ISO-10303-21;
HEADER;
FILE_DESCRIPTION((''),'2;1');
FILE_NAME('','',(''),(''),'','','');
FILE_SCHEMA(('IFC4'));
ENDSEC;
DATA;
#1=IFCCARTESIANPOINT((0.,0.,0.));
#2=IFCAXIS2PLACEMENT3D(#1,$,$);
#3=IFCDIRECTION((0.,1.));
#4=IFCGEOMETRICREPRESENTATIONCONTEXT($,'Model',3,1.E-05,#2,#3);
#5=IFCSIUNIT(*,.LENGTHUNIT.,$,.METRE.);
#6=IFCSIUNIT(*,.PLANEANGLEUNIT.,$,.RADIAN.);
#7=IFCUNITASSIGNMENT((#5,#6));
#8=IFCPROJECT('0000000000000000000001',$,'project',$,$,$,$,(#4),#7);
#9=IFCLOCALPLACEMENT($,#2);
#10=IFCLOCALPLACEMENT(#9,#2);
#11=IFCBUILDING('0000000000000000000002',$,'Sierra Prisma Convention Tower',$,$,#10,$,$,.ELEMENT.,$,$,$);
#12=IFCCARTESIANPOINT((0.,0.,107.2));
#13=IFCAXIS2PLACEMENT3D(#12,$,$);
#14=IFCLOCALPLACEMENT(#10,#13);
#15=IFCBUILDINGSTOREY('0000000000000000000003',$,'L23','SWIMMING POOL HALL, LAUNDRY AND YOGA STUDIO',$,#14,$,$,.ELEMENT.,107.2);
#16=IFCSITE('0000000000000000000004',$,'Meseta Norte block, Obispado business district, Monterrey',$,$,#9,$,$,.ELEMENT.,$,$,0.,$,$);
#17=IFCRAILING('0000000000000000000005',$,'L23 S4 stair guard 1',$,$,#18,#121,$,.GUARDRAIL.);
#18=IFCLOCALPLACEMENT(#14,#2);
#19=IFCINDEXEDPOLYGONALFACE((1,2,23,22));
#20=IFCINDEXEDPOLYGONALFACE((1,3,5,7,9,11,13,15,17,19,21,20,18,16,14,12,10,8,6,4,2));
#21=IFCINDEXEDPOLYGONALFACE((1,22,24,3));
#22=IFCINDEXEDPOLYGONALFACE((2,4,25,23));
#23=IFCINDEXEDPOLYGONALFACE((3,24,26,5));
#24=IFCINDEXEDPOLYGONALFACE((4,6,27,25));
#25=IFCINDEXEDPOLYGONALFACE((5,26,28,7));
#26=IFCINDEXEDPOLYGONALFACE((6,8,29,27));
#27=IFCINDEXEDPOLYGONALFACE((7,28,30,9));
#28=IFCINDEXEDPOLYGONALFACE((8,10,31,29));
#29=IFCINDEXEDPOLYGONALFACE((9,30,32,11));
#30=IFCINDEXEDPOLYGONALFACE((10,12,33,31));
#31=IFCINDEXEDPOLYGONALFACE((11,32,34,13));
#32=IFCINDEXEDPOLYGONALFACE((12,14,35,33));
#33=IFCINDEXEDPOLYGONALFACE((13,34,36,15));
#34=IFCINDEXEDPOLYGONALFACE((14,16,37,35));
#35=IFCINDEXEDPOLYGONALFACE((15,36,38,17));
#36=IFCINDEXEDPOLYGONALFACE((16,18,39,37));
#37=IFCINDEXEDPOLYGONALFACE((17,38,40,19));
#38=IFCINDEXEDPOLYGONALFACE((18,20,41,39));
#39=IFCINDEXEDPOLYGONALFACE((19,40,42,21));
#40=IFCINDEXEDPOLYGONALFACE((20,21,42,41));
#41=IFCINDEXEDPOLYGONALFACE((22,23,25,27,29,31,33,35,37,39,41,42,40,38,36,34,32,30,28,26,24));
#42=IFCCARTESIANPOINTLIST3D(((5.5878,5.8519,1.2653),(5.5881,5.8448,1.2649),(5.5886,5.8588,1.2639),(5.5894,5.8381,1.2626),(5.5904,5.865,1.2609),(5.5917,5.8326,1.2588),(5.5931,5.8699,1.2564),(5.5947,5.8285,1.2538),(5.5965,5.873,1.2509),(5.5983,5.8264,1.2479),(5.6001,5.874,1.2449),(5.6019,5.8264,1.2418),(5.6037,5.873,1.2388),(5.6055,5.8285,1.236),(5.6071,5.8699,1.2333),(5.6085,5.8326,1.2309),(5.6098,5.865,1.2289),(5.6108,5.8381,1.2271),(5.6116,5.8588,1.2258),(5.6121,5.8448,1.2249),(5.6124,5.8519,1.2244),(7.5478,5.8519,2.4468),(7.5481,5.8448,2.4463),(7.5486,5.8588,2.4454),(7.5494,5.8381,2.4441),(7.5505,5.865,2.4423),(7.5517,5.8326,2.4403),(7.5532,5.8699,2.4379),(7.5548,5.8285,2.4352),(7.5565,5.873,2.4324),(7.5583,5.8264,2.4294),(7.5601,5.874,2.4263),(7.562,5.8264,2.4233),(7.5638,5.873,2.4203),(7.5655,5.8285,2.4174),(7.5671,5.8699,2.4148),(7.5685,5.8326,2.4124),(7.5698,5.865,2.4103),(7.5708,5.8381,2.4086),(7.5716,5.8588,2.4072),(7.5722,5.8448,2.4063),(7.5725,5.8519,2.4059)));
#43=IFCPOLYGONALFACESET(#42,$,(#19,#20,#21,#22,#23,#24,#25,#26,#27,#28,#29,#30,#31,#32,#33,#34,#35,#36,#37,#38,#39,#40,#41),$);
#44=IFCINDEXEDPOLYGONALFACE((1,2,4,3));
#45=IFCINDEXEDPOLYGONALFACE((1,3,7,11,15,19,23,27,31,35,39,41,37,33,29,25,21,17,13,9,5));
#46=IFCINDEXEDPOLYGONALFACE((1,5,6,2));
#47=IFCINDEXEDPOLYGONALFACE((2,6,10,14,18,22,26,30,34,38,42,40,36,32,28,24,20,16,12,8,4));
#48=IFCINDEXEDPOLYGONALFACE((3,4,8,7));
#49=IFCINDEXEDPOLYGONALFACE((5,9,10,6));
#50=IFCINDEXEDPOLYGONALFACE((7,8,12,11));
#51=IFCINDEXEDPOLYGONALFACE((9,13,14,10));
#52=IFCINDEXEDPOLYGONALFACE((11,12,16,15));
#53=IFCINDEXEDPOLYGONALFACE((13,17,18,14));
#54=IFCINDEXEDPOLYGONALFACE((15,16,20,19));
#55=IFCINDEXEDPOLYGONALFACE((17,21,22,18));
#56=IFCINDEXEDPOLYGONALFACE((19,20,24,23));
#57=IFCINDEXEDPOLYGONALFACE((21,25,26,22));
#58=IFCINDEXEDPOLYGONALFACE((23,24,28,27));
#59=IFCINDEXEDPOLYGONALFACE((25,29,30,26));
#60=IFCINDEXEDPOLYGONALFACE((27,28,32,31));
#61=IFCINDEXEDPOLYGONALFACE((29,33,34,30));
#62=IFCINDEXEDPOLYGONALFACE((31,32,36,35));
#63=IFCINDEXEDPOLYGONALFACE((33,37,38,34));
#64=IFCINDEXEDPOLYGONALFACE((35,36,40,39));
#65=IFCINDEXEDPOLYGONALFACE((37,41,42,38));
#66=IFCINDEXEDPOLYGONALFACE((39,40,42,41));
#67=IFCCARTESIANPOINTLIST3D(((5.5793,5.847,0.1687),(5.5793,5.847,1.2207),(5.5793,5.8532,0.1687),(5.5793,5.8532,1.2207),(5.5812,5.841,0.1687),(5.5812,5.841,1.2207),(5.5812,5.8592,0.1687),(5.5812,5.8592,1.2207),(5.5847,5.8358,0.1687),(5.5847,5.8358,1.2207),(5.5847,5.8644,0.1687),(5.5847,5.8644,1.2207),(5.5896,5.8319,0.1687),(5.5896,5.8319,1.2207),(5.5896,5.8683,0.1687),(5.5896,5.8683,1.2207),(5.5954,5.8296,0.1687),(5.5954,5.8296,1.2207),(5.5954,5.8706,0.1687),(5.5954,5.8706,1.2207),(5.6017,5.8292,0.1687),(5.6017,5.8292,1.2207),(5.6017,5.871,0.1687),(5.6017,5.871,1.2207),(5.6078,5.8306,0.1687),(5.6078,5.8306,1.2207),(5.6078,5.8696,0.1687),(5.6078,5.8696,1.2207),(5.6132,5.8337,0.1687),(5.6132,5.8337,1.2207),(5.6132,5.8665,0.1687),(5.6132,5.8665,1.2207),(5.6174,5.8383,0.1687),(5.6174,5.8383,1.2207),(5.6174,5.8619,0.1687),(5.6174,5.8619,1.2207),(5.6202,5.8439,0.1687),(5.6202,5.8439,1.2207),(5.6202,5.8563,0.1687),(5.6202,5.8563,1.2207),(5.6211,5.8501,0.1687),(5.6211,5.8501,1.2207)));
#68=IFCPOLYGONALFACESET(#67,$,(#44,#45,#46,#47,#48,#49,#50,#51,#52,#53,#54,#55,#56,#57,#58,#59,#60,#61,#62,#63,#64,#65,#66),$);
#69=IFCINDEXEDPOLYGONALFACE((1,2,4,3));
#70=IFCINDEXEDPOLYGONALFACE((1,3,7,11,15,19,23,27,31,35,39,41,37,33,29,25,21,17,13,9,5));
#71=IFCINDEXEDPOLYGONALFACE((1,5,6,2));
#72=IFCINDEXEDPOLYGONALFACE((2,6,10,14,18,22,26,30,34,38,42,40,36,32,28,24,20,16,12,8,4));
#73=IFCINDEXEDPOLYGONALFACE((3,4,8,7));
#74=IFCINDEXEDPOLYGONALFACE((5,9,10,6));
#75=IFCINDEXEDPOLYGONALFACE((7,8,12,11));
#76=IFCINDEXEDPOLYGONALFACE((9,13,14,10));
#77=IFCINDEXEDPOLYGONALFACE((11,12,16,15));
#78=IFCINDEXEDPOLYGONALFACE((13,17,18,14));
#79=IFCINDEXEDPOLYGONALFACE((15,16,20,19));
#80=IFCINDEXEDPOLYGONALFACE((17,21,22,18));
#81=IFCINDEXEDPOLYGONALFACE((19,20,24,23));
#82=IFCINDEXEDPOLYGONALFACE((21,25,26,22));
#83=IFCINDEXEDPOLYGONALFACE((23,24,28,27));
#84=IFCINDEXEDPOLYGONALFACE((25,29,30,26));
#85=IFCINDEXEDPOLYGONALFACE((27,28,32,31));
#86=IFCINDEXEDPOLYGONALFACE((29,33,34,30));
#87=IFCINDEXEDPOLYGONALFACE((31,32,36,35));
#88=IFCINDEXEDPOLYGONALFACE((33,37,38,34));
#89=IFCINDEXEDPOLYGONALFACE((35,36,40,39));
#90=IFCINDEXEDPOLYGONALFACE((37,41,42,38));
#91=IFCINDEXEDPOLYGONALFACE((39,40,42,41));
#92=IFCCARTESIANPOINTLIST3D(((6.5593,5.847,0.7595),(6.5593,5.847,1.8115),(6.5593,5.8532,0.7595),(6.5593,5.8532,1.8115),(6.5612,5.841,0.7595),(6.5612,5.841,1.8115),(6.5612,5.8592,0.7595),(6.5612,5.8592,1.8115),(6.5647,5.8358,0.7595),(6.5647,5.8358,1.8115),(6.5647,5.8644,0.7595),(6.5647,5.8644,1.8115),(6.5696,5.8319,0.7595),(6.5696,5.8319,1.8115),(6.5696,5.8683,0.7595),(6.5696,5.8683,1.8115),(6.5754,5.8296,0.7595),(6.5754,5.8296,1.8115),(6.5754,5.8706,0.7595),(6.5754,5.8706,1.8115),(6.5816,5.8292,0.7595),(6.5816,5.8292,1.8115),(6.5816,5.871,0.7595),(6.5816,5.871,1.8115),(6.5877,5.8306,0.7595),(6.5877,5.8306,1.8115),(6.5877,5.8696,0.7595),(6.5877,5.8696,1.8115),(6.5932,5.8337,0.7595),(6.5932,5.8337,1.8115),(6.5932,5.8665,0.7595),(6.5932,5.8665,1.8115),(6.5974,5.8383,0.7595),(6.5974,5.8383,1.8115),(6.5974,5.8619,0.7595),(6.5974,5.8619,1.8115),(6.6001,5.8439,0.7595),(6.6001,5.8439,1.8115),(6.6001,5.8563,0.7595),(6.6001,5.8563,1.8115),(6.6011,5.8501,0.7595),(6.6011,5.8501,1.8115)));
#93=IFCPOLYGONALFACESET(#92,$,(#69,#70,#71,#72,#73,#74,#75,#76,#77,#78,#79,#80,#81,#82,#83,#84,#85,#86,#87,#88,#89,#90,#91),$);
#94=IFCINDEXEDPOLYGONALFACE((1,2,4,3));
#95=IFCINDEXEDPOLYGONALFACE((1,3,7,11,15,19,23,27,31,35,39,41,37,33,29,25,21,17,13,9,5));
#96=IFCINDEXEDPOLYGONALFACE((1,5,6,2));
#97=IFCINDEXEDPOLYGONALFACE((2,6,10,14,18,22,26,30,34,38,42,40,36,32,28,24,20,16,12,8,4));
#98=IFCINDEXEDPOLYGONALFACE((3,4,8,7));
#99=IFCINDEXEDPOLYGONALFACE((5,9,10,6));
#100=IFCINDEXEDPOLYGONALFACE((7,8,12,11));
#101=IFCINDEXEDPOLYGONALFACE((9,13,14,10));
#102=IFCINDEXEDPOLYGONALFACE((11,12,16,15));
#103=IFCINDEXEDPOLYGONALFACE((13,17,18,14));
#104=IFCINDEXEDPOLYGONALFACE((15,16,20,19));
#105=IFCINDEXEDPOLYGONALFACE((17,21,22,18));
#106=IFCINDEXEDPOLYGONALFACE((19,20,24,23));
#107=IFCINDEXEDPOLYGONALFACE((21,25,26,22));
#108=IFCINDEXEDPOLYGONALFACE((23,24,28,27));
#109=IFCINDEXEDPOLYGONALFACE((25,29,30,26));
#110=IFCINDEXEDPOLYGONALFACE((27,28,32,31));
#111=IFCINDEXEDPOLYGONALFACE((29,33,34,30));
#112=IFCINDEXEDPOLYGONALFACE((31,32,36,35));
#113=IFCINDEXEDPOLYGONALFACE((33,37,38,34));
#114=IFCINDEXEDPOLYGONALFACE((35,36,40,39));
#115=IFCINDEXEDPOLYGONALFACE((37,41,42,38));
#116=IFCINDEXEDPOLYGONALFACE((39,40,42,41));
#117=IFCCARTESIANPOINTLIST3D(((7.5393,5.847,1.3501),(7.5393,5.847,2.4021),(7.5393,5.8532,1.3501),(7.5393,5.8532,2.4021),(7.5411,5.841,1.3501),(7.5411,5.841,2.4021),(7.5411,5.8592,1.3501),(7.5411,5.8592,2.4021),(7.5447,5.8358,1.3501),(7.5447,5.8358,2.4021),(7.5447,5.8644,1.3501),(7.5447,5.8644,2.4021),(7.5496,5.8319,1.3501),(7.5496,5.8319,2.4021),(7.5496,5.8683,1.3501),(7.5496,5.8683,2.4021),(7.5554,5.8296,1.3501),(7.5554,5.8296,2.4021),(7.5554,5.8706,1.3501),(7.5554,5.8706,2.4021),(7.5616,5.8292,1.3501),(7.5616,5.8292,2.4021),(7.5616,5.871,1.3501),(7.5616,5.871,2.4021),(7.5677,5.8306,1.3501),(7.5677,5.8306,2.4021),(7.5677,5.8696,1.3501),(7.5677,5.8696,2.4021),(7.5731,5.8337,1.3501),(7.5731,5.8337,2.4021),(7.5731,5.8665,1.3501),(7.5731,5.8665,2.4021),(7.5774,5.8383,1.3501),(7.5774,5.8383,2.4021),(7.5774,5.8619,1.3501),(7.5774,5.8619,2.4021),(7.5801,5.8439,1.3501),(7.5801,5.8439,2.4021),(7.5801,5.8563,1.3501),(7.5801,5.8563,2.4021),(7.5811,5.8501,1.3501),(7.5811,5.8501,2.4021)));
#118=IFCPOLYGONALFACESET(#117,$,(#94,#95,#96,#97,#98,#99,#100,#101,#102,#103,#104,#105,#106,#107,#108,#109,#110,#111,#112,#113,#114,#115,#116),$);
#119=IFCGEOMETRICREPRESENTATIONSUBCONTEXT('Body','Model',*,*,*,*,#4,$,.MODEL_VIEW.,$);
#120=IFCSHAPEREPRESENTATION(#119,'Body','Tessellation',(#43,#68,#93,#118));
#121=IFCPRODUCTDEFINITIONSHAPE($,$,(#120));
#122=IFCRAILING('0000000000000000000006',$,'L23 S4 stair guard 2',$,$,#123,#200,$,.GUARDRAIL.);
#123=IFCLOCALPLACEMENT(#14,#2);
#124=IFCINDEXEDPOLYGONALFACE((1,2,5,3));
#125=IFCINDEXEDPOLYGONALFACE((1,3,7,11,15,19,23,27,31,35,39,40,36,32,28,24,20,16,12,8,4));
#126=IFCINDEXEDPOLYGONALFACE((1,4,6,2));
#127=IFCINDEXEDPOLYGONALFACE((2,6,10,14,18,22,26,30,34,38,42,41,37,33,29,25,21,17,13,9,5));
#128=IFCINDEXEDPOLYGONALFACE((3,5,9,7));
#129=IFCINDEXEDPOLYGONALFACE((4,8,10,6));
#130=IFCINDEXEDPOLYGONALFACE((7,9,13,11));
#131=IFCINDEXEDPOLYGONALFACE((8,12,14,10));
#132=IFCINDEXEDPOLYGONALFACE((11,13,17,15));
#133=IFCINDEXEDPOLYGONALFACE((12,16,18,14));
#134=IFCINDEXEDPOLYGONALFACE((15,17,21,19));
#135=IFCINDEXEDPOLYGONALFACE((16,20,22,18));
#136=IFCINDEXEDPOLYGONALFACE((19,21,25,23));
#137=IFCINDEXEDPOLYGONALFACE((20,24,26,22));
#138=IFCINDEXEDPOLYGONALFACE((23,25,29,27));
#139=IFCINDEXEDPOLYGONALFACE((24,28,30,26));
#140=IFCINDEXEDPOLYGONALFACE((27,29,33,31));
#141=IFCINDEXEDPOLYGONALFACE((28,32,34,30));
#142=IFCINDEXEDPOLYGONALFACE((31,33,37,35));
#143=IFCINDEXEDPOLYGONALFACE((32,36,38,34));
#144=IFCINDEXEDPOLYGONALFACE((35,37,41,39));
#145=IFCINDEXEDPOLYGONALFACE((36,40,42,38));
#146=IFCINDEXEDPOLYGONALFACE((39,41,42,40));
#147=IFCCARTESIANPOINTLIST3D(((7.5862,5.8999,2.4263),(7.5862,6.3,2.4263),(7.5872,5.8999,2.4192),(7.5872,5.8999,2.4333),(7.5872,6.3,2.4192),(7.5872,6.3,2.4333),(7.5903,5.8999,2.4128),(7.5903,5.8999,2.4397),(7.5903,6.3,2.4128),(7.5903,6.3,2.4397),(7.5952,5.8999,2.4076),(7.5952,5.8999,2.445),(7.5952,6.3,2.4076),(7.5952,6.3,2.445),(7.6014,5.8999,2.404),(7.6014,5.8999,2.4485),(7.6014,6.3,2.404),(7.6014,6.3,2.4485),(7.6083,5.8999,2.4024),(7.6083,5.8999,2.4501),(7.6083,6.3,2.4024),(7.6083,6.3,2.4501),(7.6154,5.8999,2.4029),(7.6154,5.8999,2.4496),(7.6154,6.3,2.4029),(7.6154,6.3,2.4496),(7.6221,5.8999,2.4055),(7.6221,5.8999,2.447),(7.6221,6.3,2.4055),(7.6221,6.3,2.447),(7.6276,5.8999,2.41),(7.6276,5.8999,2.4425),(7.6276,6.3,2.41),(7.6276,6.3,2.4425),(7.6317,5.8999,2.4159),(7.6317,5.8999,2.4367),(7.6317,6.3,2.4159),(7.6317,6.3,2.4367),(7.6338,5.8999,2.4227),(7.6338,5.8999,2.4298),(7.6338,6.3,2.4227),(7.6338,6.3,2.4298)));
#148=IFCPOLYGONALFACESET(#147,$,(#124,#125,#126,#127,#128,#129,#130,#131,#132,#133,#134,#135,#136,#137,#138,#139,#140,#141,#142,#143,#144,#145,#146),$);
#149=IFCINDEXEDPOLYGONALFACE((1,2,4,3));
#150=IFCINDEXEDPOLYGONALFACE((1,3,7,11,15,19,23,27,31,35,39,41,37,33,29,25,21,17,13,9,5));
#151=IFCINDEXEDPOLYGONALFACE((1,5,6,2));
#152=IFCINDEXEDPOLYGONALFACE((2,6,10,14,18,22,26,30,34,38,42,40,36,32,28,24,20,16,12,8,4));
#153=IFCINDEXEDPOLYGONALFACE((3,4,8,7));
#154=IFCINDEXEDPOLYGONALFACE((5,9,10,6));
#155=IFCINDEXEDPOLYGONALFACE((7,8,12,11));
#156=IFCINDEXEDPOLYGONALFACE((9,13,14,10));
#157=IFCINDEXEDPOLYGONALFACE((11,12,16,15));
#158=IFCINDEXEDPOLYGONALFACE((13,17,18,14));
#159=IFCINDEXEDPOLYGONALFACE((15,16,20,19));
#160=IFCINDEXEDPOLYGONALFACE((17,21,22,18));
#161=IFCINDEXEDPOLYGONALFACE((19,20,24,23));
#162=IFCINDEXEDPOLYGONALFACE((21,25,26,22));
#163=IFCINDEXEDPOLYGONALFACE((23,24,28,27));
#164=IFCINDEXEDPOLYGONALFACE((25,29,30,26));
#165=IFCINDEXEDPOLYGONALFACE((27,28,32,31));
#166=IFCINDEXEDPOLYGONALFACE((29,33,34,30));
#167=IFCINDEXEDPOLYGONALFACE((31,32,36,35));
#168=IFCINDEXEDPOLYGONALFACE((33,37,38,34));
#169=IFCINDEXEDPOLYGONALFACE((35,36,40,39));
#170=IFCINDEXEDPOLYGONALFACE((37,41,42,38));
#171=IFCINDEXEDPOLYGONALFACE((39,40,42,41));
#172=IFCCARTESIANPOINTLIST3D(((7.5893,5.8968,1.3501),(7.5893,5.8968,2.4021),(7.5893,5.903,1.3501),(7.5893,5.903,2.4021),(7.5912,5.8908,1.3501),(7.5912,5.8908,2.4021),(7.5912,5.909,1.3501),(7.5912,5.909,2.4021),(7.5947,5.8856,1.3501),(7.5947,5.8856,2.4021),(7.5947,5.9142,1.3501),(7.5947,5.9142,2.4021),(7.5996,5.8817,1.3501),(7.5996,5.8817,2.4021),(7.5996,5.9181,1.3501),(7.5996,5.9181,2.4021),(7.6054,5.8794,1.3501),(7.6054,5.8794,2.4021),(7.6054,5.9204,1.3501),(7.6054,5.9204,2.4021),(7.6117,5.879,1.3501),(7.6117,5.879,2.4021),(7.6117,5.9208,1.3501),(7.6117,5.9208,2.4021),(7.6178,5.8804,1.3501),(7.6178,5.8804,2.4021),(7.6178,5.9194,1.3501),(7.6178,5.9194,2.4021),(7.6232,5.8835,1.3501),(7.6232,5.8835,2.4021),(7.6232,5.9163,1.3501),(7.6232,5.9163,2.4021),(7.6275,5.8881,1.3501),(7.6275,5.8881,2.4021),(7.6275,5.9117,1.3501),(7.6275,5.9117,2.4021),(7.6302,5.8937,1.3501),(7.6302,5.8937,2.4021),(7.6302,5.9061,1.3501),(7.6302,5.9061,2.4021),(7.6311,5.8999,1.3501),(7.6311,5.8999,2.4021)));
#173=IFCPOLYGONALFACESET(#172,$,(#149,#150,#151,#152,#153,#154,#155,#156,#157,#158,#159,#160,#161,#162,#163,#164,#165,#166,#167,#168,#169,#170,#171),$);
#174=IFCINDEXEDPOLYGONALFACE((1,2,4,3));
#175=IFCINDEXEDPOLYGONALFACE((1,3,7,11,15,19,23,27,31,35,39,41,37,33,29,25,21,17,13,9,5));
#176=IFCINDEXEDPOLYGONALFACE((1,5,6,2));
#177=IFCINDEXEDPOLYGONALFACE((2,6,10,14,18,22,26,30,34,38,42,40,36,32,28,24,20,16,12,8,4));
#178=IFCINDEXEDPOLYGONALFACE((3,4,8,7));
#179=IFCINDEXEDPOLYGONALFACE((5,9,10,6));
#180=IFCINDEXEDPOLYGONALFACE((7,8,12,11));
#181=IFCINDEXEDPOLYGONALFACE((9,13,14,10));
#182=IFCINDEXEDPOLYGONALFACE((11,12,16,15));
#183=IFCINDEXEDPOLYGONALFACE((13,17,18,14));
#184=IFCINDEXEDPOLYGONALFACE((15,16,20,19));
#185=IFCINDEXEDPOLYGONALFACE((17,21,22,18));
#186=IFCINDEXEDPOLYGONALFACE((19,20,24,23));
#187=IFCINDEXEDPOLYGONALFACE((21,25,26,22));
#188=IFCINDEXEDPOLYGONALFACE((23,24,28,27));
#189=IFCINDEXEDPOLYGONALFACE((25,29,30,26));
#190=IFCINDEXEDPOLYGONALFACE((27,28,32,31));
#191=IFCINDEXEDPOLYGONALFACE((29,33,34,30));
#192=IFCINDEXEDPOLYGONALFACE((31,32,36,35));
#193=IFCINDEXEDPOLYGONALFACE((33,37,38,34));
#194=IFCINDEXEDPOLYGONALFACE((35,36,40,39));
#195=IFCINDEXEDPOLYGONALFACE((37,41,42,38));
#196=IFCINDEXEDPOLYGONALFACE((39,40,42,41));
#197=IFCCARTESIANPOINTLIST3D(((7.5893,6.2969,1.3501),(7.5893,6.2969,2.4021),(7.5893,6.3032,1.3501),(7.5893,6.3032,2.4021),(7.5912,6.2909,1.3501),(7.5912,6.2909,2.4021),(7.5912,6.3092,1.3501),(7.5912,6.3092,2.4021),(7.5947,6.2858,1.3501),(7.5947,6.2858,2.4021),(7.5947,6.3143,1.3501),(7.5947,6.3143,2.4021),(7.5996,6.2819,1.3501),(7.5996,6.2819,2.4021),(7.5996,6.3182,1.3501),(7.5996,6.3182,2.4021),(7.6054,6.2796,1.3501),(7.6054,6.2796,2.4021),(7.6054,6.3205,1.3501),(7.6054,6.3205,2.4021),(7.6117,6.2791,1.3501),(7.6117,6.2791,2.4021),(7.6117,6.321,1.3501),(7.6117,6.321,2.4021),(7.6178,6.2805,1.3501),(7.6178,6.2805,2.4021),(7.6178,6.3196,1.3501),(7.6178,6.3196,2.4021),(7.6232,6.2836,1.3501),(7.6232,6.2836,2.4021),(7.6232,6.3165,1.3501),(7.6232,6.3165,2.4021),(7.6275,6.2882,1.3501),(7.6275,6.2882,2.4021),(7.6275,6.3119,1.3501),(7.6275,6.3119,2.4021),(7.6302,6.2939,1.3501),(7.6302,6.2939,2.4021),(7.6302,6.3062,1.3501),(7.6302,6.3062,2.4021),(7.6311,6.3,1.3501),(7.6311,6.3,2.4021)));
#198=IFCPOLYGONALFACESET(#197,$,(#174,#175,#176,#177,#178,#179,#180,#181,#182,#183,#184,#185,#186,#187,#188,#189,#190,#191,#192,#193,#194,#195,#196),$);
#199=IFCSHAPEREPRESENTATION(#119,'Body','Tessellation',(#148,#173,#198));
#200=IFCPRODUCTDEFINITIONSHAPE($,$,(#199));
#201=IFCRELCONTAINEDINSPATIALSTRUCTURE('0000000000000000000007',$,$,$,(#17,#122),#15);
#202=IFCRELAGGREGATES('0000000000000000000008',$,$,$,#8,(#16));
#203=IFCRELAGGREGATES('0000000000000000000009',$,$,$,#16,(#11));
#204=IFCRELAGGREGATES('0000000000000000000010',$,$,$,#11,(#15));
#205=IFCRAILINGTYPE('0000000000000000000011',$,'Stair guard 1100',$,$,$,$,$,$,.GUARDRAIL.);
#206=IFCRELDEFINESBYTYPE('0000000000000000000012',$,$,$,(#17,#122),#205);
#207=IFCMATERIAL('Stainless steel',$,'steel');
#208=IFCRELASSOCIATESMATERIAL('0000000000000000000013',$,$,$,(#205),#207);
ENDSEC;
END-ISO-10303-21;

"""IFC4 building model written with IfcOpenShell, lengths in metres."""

from ifc_helpers import new_model, si_unit, direction, frame, origin, origin_2d, place, context, subcontext, project, spatial, circle, extrude, material, type_object, element, save


model = new_model("IFC4")

# Units and contexts
model_context = context("Model", 3, precision=1e-05, world=origin(), true_north=direction((0.0, 1.0)))
body_context = subcontext(model_context, "Body", "Model", "MODEL_VIEW")
ifc_project = project(units=[si_unit("LENGTHUNIT", "METRE"), si_unit("PLANEANGLEUNIT", "RADIAN")], contexts=[model_context])

# Site, building, storey
site_placement = place(None, origin())
site = spatial("IfcSite", under=ifc_project, at=site_placement, Name="Meseta Norte block, Obispado business district, Monterrey", CompositionType="ELEMENT", RefElevation=0.0)
building_placement = place(site_placement, origin())
building = spatial("IfcBuilding", under=site, at=building_placement, Name="Sierra Prisma Convention Tower", CompositionType="ELEMENT")
storey_placement = place(building_placement, frame((0.0, 0.0, 107.2)))
storey = spatial("IfcBuildingStorey", under=building, at=storey_placement, Name="L23", Description="SWIMMING POOL HALL, LAUNDRY AND YOGA STUDIO", CompositionType="ELEMENT", Elevation=107.2)

# Railings
ifc_material_1 = material(Name="Stainless steel", Category="steel")
railing_type_1 = type_object("IfcRailingType", Name="Stair guard 1100", PredefinedType="GUARDRAIL", material=ifc_material_1)
railing_1_placement = place(storey_placement, frame((5.6001, 5.8501, 0.1687)))
element("IfcRailing", 1, at=railing_1_placement, inside=storey, type_object=railing_type_1, Name="L23 S4 stair guard 1", PredefinedType="GUARDRAIL", context=body_context, shape_type="SweptSolid", body=[
    extrude(circle(Radius=0.0239, at=origin_2d()), frame((0.0, 0.0, 1.0762), z_axis=(0.856446, 0.0, 0.516236), x_axis=(0.0, 1.0, 0.0)), (0.0, 0.0, 1.0), 2.2886),
    extrude(circle(Radius=0.021, at=origin_2d()), origin(), (0.0, 0.0, 1.0), 1.052),
    extrude(circle(Radius=0.021, at=origin_2d()), frame((0.98, 0.0, 0.5908)), (0.0, 0.0, 1.0), 1.052),
    extrude(circle(Radius=0.021, at=origin_2d()), frame((1.96, 0.0, 1.1814)), (0.0, 0.0, 1.0), 1.052),
])
for number, where, name in (
    (2, (7.6101, 5.8999, 1.3501), "L23 S4 stair guard 2"),
):
    element("IfcRailing", number, at=place(storey_placement, frame(where)), inside=storey, type_object=railing_type_1, Name=name, PredefinedType="GUARDRAIL", context=body_context, shape_type="SweptSolid", body=[
        extrude(circle(Radius=0.0239, at=origin_2d()), frame((0.0, 0.0, 1.0762), z_axis=(0.0, 1.0, 0.0), x_axis=(-1.0, 0.0, 0.0)), (0.0, 0.0, 1.0), 0.4001),
        extrude(circle(Radius=0.021, at=origin_2d()), origin(), (0.0, 0.0, 1.0), 1.052),
        extrude(circle(Radius=0.021, at=origin_2d()), frame((0.0, 0.4001, 0.0)), (0.0, 0.0, 1.0), 1.052),
    ])

save(model, "model.ifc")
